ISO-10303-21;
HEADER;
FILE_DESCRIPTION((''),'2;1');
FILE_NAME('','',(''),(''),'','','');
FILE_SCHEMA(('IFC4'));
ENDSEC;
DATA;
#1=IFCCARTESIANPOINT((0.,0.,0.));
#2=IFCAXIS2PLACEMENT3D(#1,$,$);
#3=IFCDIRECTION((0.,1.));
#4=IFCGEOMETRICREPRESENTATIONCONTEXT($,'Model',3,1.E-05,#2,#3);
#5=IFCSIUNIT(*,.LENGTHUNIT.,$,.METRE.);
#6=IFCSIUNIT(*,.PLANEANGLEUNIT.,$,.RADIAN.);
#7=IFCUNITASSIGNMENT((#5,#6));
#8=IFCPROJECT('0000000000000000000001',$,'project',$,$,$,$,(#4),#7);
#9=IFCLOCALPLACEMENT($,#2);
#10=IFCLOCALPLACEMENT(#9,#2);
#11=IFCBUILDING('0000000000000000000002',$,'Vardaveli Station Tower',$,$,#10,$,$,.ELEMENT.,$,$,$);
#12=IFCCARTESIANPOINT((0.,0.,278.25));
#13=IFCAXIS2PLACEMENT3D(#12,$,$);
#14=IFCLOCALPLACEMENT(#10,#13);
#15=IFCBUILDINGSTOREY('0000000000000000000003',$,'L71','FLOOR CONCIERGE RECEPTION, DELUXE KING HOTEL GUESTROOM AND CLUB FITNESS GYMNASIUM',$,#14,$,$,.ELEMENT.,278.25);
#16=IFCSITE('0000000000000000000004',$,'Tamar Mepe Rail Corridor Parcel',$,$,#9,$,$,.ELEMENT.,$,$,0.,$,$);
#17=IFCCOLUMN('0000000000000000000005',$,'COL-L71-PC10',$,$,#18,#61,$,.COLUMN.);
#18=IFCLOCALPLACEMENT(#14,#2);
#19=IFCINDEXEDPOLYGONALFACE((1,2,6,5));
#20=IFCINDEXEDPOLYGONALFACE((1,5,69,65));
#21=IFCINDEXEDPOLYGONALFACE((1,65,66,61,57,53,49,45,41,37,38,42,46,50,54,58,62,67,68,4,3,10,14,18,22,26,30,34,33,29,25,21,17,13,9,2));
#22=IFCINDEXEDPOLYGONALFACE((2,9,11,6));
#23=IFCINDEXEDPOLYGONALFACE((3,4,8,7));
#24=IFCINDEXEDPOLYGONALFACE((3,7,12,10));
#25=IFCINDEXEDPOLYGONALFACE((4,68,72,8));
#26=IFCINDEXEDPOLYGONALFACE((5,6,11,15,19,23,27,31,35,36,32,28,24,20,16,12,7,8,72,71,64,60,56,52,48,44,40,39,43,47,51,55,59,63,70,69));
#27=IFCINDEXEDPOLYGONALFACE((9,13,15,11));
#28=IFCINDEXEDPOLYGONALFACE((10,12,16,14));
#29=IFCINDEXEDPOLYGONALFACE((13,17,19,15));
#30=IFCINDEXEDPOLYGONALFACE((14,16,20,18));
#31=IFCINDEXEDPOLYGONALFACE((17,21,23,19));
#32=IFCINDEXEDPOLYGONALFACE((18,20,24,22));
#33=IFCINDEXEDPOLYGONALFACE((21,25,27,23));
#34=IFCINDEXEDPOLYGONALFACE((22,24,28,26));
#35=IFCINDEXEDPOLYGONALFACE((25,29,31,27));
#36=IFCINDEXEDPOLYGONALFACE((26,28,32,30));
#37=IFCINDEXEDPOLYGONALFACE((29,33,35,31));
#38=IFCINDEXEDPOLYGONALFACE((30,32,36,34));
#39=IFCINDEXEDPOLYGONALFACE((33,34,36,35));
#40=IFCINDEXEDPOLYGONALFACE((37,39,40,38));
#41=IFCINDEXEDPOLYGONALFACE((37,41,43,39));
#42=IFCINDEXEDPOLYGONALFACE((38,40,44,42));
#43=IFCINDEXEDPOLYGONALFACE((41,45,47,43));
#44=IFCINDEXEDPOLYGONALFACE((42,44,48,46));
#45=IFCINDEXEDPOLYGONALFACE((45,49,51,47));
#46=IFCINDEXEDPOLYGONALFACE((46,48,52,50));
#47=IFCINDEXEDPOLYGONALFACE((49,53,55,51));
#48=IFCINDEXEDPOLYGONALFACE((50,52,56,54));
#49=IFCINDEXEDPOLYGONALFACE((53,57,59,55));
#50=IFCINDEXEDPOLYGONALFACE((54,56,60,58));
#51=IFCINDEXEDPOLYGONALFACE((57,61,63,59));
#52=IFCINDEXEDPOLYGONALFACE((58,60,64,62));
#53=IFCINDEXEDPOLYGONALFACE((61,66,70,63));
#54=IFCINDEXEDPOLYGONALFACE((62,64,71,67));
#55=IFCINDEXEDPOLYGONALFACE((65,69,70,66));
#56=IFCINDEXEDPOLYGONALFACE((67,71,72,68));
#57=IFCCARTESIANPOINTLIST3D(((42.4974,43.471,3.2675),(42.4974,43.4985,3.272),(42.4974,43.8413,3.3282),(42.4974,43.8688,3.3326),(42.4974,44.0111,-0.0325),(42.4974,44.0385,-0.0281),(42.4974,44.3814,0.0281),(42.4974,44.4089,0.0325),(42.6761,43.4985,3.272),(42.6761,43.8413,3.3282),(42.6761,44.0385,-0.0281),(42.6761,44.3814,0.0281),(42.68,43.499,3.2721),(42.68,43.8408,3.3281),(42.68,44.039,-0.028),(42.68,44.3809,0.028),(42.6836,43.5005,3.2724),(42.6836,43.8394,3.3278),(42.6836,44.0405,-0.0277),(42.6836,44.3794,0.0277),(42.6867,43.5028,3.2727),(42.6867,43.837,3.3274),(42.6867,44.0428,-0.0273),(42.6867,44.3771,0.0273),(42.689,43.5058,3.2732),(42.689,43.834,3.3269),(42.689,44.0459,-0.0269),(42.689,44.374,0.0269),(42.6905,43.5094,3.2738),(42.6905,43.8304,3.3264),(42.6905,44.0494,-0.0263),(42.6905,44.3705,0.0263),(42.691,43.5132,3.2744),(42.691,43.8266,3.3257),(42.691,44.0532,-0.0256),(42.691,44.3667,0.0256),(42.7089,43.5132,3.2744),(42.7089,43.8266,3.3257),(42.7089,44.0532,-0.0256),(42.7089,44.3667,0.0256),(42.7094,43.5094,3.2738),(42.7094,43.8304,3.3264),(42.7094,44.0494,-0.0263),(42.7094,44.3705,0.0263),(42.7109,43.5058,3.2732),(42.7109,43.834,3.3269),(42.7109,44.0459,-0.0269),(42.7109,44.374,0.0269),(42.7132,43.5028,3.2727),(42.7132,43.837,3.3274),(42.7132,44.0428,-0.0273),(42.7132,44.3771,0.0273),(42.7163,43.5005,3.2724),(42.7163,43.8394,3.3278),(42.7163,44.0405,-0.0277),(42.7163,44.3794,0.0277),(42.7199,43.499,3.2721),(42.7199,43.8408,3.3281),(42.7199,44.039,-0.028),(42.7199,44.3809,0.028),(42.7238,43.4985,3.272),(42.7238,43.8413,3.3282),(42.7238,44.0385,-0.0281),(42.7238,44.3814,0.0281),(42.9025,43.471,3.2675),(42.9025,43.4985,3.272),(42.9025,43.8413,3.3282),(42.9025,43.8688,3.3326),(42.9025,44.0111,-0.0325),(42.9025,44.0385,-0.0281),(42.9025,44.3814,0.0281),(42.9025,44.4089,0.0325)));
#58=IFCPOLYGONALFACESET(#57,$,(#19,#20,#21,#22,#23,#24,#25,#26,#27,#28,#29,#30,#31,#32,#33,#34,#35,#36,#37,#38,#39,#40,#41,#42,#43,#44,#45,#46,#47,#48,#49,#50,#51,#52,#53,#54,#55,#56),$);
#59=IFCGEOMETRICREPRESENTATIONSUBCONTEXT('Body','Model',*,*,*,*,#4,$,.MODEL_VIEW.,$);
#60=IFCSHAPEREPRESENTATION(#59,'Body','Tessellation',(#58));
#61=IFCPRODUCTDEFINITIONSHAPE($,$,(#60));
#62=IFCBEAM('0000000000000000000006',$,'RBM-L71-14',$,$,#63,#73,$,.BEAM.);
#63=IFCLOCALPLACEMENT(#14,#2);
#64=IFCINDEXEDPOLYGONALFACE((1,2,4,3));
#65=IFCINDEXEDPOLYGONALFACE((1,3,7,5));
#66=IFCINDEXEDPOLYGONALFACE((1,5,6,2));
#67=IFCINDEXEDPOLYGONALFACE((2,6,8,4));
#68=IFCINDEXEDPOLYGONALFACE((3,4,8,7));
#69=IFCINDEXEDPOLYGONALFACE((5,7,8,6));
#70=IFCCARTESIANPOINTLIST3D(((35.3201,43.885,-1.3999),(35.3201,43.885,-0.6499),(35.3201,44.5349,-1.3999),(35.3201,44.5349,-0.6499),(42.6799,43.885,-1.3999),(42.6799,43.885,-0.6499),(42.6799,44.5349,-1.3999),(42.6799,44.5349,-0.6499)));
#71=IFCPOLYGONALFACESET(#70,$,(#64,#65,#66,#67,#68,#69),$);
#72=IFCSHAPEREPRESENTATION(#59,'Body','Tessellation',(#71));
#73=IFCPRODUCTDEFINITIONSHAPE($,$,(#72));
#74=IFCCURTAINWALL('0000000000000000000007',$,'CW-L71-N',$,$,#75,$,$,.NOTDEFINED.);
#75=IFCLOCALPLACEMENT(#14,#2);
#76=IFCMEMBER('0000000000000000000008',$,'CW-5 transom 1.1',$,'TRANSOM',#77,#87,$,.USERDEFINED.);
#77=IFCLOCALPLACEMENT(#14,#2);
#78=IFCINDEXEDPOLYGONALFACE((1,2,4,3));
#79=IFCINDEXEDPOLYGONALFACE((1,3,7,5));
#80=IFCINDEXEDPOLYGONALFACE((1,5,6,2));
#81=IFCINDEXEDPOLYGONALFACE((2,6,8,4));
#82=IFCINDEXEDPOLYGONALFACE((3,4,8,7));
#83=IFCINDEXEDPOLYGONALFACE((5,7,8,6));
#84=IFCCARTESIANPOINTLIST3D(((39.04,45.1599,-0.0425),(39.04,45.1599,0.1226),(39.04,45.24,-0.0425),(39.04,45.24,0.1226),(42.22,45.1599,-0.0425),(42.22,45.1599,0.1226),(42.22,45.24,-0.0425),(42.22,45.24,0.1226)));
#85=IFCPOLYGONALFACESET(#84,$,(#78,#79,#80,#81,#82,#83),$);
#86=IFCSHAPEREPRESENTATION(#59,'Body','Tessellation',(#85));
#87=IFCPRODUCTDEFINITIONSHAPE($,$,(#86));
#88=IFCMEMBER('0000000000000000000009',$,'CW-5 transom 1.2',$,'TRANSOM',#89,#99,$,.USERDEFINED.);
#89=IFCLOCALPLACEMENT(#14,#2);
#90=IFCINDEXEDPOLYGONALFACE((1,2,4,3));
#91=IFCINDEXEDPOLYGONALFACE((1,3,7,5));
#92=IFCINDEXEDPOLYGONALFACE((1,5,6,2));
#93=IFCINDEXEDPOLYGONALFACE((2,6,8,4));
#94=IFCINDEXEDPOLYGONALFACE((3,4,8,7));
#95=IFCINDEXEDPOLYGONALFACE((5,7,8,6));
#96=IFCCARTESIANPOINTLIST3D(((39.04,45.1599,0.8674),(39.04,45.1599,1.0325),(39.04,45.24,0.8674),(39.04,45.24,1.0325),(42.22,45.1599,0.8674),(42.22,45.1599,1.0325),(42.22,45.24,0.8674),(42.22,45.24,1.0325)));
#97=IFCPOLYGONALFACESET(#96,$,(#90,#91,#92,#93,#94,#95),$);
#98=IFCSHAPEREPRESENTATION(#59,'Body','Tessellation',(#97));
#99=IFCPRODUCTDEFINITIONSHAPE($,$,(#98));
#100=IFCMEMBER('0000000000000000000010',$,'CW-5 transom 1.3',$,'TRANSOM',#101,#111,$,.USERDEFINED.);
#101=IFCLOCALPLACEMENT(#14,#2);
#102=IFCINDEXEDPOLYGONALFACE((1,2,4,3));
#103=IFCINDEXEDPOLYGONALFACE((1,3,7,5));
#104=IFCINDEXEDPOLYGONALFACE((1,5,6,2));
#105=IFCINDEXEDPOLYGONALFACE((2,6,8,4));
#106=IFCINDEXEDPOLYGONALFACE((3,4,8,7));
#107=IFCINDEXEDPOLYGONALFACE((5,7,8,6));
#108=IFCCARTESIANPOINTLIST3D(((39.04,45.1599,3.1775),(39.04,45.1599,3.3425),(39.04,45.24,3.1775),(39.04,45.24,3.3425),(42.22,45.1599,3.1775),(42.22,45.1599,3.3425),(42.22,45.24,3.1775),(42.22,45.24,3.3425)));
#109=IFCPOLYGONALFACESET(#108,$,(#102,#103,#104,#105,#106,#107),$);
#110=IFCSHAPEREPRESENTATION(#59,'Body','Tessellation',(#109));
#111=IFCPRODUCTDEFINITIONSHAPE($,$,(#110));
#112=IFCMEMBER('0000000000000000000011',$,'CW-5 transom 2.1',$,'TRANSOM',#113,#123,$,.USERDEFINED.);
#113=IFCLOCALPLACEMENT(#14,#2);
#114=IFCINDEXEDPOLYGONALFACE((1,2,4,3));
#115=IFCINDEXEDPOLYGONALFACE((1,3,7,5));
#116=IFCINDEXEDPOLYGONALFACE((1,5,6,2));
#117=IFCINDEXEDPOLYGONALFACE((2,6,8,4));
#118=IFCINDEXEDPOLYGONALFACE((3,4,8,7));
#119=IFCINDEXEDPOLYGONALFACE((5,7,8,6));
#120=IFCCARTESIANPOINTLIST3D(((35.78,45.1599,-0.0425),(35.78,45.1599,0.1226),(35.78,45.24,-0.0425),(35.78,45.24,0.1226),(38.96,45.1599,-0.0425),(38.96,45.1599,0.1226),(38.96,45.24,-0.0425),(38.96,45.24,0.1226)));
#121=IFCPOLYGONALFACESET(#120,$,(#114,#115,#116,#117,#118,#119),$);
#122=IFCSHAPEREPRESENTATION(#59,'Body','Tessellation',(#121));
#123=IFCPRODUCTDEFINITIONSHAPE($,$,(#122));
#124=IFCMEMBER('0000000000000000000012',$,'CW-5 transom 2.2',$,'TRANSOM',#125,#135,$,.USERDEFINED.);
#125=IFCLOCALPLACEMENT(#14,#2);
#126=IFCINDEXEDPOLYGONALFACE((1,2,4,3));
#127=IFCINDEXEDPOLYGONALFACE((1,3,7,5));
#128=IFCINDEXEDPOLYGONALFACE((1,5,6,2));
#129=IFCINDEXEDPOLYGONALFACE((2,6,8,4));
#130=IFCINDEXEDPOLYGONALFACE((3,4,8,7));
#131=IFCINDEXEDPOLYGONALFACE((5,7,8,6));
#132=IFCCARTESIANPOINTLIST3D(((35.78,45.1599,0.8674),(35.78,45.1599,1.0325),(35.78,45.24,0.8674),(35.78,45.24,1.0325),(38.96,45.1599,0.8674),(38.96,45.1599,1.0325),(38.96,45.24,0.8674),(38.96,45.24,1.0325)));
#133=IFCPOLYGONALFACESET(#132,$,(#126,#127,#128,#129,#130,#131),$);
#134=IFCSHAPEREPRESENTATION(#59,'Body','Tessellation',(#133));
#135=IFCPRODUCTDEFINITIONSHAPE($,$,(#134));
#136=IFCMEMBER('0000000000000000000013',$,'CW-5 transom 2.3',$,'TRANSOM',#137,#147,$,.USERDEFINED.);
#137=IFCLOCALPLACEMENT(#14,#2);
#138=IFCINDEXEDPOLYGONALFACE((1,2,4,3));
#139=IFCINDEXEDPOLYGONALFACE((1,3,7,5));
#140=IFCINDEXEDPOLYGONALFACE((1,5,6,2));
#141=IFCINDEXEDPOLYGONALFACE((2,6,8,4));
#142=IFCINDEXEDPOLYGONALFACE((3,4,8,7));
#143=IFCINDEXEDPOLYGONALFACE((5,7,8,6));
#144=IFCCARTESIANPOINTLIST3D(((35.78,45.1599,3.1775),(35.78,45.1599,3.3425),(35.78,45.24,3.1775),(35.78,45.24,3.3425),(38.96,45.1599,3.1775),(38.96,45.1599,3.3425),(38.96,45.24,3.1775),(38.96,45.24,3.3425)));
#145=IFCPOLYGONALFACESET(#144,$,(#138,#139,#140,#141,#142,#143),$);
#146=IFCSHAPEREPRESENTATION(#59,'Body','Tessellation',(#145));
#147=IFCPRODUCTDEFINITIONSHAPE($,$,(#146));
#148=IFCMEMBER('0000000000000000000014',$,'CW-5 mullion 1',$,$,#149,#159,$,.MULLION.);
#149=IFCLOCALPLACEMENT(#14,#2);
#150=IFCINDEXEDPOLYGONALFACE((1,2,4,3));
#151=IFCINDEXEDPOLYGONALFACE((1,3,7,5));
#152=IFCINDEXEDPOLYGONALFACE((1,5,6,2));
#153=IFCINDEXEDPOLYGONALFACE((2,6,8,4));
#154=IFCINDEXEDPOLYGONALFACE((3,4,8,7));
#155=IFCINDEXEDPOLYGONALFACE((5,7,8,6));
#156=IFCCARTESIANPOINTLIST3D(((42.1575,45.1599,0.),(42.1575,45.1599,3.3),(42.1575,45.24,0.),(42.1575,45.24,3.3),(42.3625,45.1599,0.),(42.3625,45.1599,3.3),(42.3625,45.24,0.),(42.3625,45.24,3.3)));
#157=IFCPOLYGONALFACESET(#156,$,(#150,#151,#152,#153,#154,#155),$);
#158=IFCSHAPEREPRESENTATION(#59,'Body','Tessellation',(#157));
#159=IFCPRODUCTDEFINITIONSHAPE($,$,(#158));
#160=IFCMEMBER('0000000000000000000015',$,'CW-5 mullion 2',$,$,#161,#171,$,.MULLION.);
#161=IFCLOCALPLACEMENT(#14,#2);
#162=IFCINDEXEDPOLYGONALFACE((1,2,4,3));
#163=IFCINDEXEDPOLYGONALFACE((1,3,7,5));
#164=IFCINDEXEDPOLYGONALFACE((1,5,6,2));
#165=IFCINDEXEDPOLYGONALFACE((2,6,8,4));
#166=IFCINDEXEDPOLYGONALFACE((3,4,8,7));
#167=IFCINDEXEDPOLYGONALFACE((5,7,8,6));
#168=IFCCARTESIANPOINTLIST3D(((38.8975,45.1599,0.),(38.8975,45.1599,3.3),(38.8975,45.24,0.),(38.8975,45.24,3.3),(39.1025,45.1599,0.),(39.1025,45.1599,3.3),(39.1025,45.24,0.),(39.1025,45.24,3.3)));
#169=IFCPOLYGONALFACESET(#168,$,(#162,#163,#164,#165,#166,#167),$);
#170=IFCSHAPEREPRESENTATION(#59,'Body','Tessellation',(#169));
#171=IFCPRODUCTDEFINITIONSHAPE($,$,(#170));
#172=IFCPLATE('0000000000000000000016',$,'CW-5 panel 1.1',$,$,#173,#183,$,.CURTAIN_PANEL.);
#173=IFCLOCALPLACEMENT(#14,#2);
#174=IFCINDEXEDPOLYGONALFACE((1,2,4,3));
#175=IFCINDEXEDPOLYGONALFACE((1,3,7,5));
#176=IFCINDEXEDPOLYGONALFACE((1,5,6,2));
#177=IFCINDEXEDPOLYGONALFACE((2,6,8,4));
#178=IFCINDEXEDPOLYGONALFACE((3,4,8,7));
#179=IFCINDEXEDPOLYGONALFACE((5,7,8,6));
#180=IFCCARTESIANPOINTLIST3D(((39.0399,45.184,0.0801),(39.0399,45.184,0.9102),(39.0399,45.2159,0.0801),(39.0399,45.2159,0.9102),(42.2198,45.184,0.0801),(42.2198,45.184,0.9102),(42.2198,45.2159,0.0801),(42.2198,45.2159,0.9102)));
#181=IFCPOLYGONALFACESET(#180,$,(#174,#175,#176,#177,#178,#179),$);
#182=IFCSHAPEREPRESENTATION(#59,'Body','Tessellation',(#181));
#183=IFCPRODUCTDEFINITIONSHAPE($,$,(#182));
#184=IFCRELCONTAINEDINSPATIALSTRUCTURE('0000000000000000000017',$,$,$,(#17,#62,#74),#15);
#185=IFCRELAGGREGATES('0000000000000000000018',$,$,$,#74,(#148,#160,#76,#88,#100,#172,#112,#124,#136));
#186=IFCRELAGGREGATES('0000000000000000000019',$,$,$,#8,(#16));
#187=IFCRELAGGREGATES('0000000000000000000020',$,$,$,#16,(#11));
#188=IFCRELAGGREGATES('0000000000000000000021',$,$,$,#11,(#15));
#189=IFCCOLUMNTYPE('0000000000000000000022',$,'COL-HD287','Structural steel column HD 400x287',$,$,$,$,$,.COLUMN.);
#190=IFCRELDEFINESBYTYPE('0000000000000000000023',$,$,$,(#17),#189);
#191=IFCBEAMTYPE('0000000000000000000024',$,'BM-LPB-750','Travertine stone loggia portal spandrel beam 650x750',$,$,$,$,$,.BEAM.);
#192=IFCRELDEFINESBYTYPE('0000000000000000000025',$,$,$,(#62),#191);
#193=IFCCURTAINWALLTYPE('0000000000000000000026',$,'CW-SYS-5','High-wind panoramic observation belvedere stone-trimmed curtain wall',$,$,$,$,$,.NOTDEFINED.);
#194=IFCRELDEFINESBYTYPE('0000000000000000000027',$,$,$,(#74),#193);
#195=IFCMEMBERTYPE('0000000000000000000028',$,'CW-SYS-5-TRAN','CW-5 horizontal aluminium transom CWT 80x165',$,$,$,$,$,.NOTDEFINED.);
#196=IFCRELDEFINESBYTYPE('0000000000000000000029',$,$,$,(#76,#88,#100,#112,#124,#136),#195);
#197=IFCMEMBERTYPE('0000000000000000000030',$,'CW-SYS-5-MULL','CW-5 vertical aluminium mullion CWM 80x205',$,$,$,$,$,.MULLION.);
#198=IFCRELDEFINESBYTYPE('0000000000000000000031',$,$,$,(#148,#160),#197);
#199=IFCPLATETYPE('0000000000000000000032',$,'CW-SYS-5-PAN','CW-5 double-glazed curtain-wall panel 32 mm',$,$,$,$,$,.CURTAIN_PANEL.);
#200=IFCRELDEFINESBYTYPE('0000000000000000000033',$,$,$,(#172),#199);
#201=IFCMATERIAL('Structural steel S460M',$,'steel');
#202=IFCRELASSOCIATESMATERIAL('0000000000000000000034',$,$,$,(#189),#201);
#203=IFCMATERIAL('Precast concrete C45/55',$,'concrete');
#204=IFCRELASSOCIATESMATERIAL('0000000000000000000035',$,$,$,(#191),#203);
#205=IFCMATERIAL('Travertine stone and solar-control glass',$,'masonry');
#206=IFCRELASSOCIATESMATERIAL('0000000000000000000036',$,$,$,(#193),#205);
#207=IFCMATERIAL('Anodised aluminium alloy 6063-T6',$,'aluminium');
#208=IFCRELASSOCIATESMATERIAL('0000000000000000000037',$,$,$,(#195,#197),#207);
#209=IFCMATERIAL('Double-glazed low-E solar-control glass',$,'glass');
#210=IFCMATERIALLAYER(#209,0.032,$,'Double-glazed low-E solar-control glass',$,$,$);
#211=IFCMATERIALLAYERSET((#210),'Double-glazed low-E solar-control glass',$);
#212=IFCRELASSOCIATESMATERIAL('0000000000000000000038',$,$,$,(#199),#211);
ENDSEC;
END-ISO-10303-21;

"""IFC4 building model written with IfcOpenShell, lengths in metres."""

from ifc_helpers import new_model, si_unit, direction, frame, origin, origin_2d, place, context, subcontext, project, spatial, rectangle, i_section, extrude, source, transform, mapped, material, layer, layer_set, material_profile, profile_set, type_object, element, aggregate, save


model = new_model("IFC4")

# Units and contexts
model_context = context("Model", 3, precision=1e-05, world=origin(), true_north=direction((0.0, 1.0)))
body_context = subcontext(model_context, "Body", "Model", "MODEL_VIEW")
ifc_project = project(units=[si_unit("LENGTHUNIT", "METRE"), si_unit("PLANEANGLEUNIT", "RADIAN")], contexts=[model_context])

# Site, building, storey
site_placement = place(None, origin())
site = spatial("IfcSite", under=ifc_project, at=site_placement, Name="Tamar Mepe Rail Corridor Parcel", CompositionType="ELEMENT", RefElevation=0.0)
building_placement = place(site_placement, origin())
building = spatial("IfcBuilding", under=site, at=building_placement, Name="Vardaveli Station Tower", CompositionType="ELEMENT")
storey_placement = place(building_placement, frame((0.0, 0.0, 278.25)))
storey = spatial("IfcBuildingStorey", under=building, at=storey_placement, Name="L71", Description="FLOOR CONCIERGE RECEPTION, DELUXE KING HOTEL GUESTROOM AND CLUB FITNESS GYMNASIUM", CompositionType="ELEMENT", Elevation=278.25)

# Column
ifc_material_1 = material(Name="Structural steel S460M", Category="steel")
ifc_material_profile_1 = material_profile(ifc_material_1, i_section(OverallWidth=0.405, OverallDepth=0.4031, WebThickness=0.0178, FlangeThickness=0.0278, FilletRadius=0.0149, at=origin_2d()), Name="HD 400x287")
ifc_profile_set_1 = profile_set([ifc_material_profile_1], Name="Structural steel S460M")
column_type = type_object("IfcColumnType", Name="COL-HD287", Description="Structural steel column HD 400x287", PredefinedType="COLUMN", material=ifc_profile_set_1)
shared_shape_1 = source(origin(), body_context, "Body", "SweptSolid", [
    extrude(i_section(OverallWidth=0.405, OverallDepth=0.4031, WebThickness=0.0178, FlangeThickness=0.0278, FilletRadius=0.0149, at=origin_2d()), origin(), (0.0, 0.0, 1.0), 3.344),
])
column_placement = place(storey_placement, frame((42.7, 44.21, 0.0), z_axis=(0.0, -0.161498, 0.986873), x_axis=(1.0, 0.0, 0.0)))
element("IfcColumn", 1, at=column_placement, inside=storey, type_object=column_type, Name="COL-L71-PC10", PredefinedType="COLUMN", context=body_context, shape_type="MappedRepresentation", body=[
    mapped(shared_shape_1, transform((0.0, 0.0, 0.0), scale=1.0)),
])

# Beam
ifc_material_2 = material(Name="Precast concrete C45/55", Category="concrete")
ifc_material_profile_2 = material_profile(ifc_material_2, rectangle(XDim=0.6499, YDim=0.75, at=origin_2d()), Name="LPB 650x750")
ifc_profile_set_2 = profile_set([ifc_material_profile_2], Name="Precast concrete C45/55")
beam_type = type_object("IfcBeamType", Name="BM-LPB-750", Description="Travertine stone loggia portal spandrel beam 650x750", PredefinedType="BEAM", material=ifc_profile_set_2)
shared_shape_2 = source(origin(), body_context, "Body", "SweptSolid", [
    extrude(rectangle(XDim=0.6499, YDim=0.75, at=origin_2d()), origin(), (0.0, 0.0, 1.0), 7.3599),
])
beam_placement = place(storey_placement, frame((42.6799, 44.21, -1.0249), z_axis=(-1.0, 0.0, 0.0), x_axis=(0.0, -1.0, 0.0)))
element("IfcBeam", 2, at=beam_placement, inside=storey, type_object=beam_type, Name="RBM-L71-14", PredefinedType="BEAM", context=body_context, shape_type="MappedRepresentation", body=[
    mapped(shared_shape_2, transform((0.0, 0.0, 0.0), scale=1.0)),
])

# Curtain wall, members, plate
ifc_material_3 = material(Name="Travertine stone and solar-control glass", Category="masonry")
curtain_wall_type = type_object("IfcCurtainWallType", Name="CW-SYS-5", Description="High-wind panoramic observation belvedere stone-trimmed curtain wall", PredefinedType="NOTDEFINED", material=ifc_material_3)
curtain_wall_placement = place(storey_placement, origin())
curtain_wall = element("IfcCurtainWall", 3, at=curtain_wall_placement, inside=storey, type_object=curtain_wall_type, Name="CW-L71-N", PredefinedType="NOTDEFINED")
ifc_material_4 = material(Name="Anodised aluminium alloy 6063-T6", Category="aluminium")
ifc_material_profile_3 = material_profile(ifc_material_4, rectangle(XDim=0.0801, YDim=0.165, at=origin_2d()), Name="CWT 80x165")
ifc_profile_set_3 = profile_set([ifc_material_profile_3], Name="Anodised aluminium alloy 6063-T6")
member_type_1 = type_object("IfcMemberType", Name="CW-SYS-5-TRAN", Description="CW-5 horizontal aluminium transom CWT 80x165", PredefinedType="NOTDEFINED", material=ifc_profile_set_3)
shared_shape_3 = source(origin(), body_context, "Body", "SweptSolid", [
    extrude(rectangle(XDim=0.0801, YDim=0.165, at=origin_2d()), origin(), (0.0, 0.0, 1.0), 3.1799),
])
member_1_placement = place(storey_placement, frame((42.22, 45.2, 0.04), z_axis=(-1.0, 0.0, 0.0), x_axis=(0.0, -1.0, 0.0)))
member_1 = element("IfcMember", 4, at=member_1_placement, type_object=member_type_1, Name="CW-5 transom 1.1", ObjectType="TRANSOM", PredefinedType="USERDEFINED", context=body_context, shape_type="MappedRepresentation", body=[
    mapped(shared_shape_3, transform((0.0, 0.0, 0.0), scale=1.0)),
])
member_2_placement = place(storey_placement, frame((42.22, 45.2, 0.95), z_axis=(-1.0, 0.0, 0.0), x_axis=(0.0, -1.0, 0.0)))
member_2 = element("IfcMember", 5, at=member_2_placement, type_object=member_type_1, Name="CW-5 transom 1.2", ObjectType="TRANSOM", PredefinedType="USERDEFINED", context=body_context, shape_type="MappedRepresentation", body=[
    mapped(shared_shape_3, transform((0.0, 0.0, 0.0), scale=1.0)),
])
member_3_placement = place(storey_placement, frame((42.22, 45.2, 3.26), z_axis=(-1.0, 0.0, 0.0), x_axis=(0.0, -1.0, 0.0)))
member_3 = element("IfcMember", 6, at=member_3_placement, type_object=member_type_1, Name="CW-5 transom 1.3", ObjectType="TRANSOM", PredefinedType="USERDEFINED", context=body_context, shape_type="MappedRepresentation", body=[
    mapped(shared_shape_3, transform((0.0, 0.0, 0.0), scale=1.0)),
])
member_4_placement = place(storey_placement, frame((38.96, 45.2, 0.04), z_axis=(-1.0, 0.0, 0.0), x_axis=(0.0, -1.0, 0.0)))
member_4 = element("IfcMember", 7, at=member_4_placement, type_object=member_type_1, Name="CW-5 transom 2.1", ObjectType="TRANSOM", PredefinedType="USERDEFINED", context=body_context, shape_type="MappedRepresentation", body=[
    mapped(shared_shape_3, transform((0.0, 0.0, 0.0), scale=1.0)),
])
member_5_placement = place(storey_placement, frame((38.96, 45.2, 0.95), z_axis=(-1.0, 0.0, 0.0), x_axis=(0.0, -1.0, 0.0)))
member_5 = element("IfcMember", 8, at=member_5_placement, type_object=member_type_1, Name="CW-5 transom 2.2", ObjectType="TRANSOM", PredefinedType="USERDEFINED", context=body_context, shape_type="MappedRepresentation", body=[
    mapped(shared_shape_3, transform((0.0, 0.0, 0.0), scale=1.0)),
])
member_6_placement = place(storey_placement, frame((38.96, 45.2, 3.26), z_axis=(-1.0, 0.0, 0.0), x_axis=(0.0, -1.0, 0.0)))
member_6 = element("IfcMember", 9, at=member_6_placement, type_object=member_type_1, Name="CW-5 transom 2.3", ObjectType="TRANSOM", PredefinedType="USERDEFINED", context=body_context, shape_type="MappedRepresentation", body=[
    mapped(shared_shape_3, transform((0.0, 0.0, 0.0), scale=1.0)),
])
ifc_material_profile_4 = material_profile(ifc_material_4, rectangle(XDim=0.0801, YDim=0.2051, at=origin_2d()), Name="CWM 80x205")
ifc_profile_set_4 = profile_set([ifc_material_profile_4], Name="Anodised aluminium alloy 6063-T6")
member_type_2 = type_object("IfcMemberType", Name="CW-SYS-5-MULL", Description="CW-5 vertical aluminium mullion CWM 80x205", PredefinedType="MULLION", material=ifc_profile_set_4)
shared_shape_4 = source(origin(), body_context, "Body", "SweptSolid", [
    extrude(rectangle(XDim=0.0801, YDim=0.2051, at=origin_2d()), origin(), (0.0, 0.0, 1.0), 3.3),
])
member_7_placement = place(storey_placement, frame((42.26, 45.2, 0.0), z_axis=(0.0, 0.0, 1.0), x_axis=(0.0, -1.0, 0.0)))
member_7 = element("IfcMember", 10, at=member_7_placement, type_object=member_type_2, Name="CW-5 mullion 1", PredefinedType="MULLION", context=body_context, shape_type="MappedRepresentation", body=[
    mapped(shared_shape_4, transform((0.0, 0.0, 0.0), scale=1.0)),
])
member_8_placement = place(storey_placement, frame((39.0, 45.2, 0.0), z_axis=(0.0, 0.0, 1.0), x_axis=(0.0, -1.0, 0.0)))
member_8 = element("IfcMember", 11, at=member_8_placement, type_object=member_type_2, Name="CW-5 mullion 2", PredefinedType="MULLION", context=body_context, shape_type="MappedRepresentation", body=[
    mapped(shared_shape_4, transform((0.0, 0.0, 0.0), scale=1.0)),
])
ifc_material_5 = material(Name="Double-glazed low-E solar-control glass", Category="glass")
ifc_layer_1 = layer(ifc_material_5, 0.032, Name="Double-glazed low-E solar-control glass")
ifc_layer_set_1 = layer_set([ifc_layer_1], Name="Double-glazed low-E solar-control glass")
plate_type = type_object("IfcPlateType", Name="CW-SYS-5-PAN", Description="CW-5 double-glazed curtain-wall panel 32 mm", PredefinedType="CURTAIN_PANEL", material=ifc_layer_set_1)
shared_shape_5 = source(origin(), body_context, "Body", "SweptSolid", [
    extrude(rectangle(XDim=3.1799, YDim=0.032, at=origin_2d()), origin(), (0.0, 0.0, 1.0), 0.8301),
])
plate_1_placement = place(storey_placement, frame((40.6299, 45.2, 0.0801), z_axis=(0.0, 0.0, 1.0), x_axis=(-1.0, 0.0, 0.0)))
plate_1 = element("IfcPlate", 12, at=plate_1_placement, type_object=plate_type, Name="CW-5 panel 1.1", PredefinedType="CURTAIN_PANEL", context=body_context, shape_type="MappedRepresentation", body=[
    mapped(shared_shape_5, transform((0.0, 0.0, 0.0), scale=1.0)),
])
aggregate(curtain_wall, [member_7, member_8, member_1, member_2, member_3, plate_1, member_4, member_5, member_6])

save(model, "model.ifc")
